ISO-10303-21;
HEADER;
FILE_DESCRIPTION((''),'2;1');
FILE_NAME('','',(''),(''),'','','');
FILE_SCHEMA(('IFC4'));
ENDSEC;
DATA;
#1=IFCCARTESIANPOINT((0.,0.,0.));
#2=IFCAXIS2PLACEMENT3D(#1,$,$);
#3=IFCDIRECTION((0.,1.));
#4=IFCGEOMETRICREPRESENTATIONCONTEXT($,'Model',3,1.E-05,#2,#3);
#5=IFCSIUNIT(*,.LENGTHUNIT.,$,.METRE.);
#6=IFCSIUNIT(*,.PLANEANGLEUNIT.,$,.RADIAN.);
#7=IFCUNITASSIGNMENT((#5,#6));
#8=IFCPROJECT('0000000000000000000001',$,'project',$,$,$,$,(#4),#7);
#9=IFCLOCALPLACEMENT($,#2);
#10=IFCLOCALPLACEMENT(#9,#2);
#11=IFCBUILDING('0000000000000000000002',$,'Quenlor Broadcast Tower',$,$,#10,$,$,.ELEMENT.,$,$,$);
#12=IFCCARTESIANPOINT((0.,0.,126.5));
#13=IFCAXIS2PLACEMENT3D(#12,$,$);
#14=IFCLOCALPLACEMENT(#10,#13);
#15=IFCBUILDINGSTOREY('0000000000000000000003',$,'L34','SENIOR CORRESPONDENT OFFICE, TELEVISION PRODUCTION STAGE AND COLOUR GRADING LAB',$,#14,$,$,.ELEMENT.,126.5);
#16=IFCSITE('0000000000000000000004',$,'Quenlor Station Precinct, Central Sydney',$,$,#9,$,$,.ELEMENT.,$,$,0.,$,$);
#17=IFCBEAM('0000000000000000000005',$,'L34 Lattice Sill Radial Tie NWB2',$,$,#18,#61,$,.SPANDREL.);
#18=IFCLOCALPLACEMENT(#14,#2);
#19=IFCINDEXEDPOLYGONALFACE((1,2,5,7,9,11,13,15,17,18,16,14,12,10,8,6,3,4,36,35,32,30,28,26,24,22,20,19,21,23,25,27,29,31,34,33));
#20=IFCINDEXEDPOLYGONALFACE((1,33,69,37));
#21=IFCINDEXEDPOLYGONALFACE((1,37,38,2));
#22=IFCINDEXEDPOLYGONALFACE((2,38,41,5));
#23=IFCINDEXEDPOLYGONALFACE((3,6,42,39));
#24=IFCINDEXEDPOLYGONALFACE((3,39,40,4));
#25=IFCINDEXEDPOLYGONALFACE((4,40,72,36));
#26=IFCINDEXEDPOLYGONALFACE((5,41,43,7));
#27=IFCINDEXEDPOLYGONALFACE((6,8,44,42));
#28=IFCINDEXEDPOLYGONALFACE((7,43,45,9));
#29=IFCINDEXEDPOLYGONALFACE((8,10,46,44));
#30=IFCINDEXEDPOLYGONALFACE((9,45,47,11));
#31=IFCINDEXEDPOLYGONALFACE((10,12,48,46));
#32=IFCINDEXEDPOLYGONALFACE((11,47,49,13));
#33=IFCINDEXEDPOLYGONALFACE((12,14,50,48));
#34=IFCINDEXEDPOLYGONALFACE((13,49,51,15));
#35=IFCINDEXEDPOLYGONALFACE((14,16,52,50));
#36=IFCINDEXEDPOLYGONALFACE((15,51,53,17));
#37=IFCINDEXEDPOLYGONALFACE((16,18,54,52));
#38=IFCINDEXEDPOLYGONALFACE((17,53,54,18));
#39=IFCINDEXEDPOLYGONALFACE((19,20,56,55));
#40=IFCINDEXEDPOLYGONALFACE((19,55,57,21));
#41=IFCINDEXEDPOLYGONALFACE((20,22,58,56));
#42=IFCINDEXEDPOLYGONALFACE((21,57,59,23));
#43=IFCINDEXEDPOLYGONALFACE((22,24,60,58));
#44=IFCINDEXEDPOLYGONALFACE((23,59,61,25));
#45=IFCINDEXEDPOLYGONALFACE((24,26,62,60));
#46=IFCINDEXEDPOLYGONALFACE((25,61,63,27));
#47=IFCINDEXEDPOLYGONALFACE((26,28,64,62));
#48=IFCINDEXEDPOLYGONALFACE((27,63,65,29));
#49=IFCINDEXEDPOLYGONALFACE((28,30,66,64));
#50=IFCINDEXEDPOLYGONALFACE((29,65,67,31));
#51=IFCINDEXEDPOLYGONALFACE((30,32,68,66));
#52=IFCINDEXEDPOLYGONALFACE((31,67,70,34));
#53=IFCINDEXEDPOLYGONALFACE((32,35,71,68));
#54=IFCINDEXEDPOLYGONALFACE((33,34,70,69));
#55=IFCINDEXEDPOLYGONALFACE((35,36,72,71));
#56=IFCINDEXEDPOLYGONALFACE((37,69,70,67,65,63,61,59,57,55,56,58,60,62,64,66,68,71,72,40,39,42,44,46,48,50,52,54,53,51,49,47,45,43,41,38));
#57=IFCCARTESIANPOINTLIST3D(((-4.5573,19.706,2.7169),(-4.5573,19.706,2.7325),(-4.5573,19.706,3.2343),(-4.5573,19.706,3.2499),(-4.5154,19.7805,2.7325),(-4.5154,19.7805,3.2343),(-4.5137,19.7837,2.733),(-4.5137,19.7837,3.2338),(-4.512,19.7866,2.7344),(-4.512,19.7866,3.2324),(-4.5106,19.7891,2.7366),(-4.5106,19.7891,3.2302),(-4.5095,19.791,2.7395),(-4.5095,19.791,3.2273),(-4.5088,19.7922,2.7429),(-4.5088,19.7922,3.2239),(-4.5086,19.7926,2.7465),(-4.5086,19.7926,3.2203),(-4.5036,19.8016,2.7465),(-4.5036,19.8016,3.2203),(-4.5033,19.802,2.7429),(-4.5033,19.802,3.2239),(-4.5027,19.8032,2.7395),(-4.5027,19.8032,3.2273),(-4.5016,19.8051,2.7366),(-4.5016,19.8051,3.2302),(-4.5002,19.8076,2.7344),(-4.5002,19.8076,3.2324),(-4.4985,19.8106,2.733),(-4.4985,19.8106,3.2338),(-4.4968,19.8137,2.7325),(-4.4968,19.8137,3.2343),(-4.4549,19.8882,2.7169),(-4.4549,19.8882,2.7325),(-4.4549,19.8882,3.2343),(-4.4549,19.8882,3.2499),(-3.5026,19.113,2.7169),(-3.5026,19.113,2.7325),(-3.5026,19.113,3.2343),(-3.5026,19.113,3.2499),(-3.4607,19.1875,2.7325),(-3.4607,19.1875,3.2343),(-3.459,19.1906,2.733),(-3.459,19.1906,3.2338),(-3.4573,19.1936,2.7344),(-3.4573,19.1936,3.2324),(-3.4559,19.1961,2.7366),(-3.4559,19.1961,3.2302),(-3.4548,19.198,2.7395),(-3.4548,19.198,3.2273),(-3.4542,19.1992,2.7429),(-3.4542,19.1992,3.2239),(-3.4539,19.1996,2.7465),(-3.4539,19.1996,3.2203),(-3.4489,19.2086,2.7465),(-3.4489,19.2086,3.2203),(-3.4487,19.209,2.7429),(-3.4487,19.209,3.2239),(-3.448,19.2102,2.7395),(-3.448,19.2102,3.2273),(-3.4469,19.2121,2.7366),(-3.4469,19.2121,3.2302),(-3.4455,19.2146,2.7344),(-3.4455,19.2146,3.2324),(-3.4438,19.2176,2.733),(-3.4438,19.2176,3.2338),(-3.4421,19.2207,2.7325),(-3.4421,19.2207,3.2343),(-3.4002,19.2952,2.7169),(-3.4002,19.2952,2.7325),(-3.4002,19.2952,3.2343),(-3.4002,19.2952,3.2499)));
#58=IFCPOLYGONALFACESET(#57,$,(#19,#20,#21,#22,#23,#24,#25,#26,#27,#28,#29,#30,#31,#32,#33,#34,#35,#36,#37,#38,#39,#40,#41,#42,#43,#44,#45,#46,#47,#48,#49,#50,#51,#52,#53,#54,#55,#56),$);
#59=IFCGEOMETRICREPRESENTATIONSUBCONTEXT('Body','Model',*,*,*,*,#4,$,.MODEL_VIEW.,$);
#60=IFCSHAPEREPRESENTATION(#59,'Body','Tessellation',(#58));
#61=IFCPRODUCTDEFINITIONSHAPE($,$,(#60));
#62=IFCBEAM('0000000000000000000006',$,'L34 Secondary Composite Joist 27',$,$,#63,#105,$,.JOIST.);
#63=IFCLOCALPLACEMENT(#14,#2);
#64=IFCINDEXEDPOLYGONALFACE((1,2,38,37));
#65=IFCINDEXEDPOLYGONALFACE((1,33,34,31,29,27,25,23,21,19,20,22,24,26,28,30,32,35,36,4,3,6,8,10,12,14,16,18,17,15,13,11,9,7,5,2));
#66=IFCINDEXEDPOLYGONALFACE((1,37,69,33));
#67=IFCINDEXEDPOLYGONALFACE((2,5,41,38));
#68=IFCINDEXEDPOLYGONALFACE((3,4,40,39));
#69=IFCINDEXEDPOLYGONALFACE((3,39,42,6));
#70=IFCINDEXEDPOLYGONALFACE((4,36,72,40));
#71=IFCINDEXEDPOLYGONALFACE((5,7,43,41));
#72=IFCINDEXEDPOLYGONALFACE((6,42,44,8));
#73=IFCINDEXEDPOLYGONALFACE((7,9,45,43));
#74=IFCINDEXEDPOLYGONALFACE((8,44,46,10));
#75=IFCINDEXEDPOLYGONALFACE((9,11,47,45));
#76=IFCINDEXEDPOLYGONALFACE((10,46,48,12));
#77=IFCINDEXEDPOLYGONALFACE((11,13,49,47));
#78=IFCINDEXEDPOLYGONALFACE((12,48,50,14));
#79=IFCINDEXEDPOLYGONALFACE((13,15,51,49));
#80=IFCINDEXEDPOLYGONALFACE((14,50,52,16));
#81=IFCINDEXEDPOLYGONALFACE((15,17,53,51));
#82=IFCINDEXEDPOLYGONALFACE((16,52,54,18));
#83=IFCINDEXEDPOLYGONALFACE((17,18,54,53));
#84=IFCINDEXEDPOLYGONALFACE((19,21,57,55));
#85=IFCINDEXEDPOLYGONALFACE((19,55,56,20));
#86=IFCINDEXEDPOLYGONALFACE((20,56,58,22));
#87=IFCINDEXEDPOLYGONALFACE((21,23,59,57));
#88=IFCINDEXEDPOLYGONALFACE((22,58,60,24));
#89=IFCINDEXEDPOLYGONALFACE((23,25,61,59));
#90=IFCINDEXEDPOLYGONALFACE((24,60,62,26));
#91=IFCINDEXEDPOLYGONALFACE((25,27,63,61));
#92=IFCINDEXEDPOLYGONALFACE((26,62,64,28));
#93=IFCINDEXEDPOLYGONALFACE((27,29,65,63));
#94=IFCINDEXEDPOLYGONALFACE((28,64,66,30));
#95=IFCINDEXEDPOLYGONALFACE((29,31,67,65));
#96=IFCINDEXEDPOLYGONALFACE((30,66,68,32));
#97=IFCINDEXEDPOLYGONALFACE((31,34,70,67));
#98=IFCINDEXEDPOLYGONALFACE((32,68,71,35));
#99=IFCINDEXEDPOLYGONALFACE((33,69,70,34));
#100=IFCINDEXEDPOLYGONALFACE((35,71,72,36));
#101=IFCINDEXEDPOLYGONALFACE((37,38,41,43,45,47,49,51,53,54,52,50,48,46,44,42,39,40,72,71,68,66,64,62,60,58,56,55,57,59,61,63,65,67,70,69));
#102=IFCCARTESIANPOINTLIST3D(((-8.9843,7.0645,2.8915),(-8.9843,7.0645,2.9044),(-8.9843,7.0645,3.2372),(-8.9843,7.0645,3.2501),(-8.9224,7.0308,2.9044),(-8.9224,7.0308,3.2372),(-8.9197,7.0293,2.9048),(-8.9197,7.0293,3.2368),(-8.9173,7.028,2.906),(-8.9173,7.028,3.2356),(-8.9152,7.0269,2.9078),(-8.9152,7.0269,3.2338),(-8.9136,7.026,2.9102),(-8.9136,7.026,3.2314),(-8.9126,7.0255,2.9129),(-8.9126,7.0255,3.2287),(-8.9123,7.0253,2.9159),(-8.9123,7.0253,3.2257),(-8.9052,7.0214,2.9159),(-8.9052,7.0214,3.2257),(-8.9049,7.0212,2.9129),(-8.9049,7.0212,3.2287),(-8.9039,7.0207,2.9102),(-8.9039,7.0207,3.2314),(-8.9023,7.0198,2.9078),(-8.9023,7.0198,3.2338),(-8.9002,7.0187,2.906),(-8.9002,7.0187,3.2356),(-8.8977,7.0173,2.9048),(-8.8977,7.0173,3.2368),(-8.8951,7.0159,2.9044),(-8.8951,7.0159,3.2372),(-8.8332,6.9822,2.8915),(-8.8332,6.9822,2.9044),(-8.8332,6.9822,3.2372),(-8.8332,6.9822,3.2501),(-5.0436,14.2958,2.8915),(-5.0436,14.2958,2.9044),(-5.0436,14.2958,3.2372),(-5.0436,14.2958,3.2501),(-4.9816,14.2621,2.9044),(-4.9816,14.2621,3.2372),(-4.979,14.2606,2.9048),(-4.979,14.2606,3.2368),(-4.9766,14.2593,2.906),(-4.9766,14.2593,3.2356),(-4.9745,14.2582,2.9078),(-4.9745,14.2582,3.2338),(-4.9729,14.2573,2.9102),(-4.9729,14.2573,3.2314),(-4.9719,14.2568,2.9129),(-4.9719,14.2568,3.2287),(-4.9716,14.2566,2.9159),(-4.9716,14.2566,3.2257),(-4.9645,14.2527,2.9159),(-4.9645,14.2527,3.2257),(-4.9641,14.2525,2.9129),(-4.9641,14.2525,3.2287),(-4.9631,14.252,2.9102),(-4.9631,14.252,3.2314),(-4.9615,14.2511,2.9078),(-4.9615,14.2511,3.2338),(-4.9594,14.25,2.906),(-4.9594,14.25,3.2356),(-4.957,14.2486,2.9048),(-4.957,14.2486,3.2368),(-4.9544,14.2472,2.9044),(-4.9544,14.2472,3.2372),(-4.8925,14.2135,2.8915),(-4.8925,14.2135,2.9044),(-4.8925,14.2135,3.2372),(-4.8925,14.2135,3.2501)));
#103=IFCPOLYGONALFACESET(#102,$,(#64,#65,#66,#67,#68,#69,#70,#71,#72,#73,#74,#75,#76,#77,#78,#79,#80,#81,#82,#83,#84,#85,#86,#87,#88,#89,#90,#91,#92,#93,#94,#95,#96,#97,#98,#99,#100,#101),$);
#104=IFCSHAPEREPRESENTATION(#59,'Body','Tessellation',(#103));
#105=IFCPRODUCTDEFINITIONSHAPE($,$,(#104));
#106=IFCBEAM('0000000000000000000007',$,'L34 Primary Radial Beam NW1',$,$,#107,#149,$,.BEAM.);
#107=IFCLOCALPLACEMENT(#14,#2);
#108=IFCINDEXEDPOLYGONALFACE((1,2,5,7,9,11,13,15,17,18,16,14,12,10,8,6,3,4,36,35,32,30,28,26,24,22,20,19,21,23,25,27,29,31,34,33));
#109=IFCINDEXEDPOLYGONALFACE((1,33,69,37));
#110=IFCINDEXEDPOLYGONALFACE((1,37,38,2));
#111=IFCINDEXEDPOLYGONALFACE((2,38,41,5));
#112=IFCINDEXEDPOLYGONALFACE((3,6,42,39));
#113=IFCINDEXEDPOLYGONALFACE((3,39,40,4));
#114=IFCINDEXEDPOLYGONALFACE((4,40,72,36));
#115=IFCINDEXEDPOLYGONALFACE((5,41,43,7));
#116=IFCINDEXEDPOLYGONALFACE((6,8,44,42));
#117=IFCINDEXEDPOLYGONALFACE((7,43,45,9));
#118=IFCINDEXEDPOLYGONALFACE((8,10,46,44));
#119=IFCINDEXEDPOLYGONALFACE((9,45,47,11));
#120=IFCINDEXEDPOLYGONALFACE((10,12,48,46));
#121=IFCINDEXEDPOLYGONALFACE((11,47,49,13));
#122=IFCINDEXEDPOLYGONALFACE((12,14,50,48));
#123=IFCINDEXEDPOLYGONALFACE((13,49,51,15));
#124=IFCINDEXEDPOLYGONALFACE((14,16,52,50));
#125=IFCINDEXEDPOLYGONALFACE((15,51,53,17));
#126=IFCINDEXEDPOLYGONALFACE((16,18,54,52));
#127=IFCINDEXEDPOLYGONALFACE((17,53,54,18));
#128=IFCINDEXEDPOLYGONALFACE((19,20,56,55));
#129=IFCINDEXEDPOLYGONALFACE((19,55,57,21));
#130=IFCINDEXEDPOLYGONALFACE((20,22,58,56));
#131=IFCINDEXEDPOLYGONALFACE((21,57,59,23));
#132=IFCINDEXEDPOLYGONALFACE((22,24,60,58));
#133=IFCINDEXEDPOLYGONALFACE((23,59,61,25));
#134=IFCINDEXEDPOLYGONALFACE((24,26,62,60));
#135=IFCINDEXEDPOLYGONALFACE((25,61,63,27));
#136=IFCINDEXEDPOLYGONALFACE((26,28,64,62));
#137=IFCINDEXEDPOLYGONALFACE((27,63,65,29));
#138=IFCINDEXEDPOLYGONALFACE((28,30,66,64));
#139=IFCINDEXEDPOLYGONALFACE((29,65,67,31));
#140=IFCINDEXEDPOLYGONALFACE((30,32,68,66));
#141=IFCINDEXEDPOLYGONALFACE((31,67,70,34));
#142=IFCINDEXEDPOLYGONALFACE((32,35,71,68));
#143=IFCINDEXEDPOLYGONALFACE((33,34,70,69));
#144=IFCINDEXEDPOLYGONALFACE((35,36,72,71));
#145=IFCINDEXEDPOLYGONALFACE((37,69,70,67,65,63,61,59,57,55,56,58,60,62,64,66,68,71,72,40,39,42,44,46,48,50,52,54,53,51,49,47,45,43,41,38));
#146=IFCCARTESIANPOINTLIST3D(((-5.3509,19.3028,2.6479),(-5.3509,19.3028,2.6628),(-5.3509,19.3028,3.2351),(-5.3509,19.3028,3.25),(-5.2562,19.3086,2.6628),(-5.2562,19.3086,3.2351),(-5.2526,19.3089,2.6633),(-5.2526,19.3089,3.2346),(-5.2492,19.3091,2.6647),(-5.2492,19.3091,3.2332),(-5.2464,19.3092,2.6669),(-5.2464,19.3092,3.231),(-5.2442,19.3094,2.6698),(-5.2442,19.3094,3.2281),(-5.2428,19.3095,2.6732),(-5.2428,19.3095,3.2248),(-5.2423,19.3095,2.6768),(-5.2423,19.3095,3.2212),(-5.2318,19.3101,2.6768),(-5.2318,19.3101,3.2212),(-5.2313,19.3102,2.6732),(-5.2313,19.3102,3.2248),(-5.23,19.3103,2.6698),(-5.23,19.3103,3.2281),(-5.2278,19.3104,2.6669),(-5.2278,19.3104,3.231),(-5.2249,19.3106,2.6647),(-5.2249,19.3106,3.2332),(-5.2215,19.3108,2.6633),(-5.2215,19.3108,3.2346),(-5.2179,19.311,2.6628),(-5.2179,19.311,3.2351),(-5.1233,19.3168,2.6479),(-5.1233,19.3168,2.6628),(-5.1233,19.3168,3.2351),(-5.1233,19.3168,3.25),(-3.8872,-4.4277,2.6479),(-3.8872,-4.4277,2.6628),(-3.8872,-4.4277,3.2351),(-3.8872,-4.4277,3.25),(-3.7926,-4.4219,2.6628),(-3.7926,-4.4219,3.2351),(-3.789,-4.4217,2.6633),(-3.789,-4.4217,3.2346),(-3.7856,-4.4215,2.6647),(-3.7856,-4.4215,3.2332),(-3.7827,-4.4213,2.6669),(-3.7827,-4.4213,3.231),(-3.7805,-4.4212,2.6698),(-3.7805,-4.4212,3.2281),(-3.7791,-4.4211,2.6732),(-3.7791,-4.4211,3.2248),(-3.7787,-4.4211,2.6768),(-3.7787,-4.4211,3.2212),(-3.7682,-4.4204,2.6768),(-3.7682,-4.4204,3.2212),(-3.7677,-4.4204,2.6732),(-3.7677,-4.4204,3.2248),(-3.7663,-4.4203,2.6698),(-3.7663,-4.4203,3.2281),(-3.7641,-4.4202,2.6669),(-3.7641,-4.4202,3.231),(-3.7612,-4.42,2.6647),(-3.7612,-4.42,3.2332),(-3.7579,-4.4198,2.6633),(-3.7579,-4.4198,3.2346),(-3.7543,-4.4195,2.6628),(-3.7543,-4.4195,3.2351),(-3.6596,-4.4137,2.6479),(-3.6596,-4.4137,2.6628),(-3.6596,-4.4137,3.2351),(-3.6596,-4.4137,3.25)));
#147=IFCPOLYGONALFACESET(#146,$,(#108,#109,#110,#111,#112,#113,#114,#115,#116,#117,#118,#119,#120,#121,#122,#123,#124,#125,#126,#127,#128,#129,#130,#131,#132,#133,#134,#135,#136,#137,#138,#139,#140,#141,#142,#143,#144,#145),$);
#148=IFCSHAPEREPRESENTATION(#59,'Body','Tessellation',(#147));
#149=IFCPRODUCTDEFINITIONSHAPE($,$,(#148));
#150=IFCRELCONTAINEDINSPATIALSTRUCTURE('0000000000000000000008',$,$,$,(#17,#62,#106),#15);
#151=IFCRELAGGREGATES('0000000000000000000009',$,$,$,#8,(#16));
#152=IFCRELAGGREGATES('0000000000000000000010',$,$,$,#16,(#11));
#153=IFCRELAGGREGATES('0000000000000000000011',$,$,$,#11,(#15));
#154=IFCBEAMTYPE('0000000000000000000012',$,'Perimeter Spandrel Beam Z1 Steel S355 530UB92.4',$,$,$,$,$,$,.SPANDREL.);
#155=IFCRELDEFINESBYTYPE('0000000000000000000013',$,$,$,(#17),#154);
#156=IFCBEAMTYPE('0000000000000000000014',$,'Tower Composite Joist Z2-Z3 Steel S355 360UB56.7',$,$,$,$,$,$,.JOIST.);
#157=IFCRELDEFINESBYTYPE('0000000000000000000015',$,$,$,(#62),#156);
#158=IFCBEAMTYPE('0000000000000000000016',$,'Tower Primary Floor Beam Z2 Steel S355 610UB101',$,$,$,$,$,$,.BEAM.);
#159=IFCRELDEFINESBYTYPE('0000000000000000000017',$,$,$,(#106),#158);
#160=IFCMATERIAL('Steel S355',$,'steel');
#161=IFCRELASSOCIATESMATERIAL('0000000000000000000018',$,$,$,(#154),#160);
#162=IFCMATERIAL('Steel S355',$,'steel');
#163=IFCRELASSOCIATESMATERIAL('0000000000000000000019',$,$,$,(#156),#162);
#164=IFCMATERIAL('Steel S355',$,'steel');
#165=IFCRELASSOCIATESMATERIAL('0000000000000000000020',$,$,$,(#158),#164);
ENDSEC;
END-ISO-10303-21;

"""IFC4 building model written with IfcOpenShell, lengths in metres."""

from ifc_helpers import new_model, si_unit, direction, frame, origin, origin_2d, place, context, subcontext, project, spatial, i_section, extrude, material, material_profile, profile_set, type_object, element, save


model = new_model("IFC4")

# Units and contexts
model_context = context("Model", 3, precision=1e-05, world=origin(), true_north=direction((0.0, 1.0)))
body_context = subcontext(model_context, "Body", "Model", "MODEL_VIEW")
ifc_project = project(units=[si_unit("LENGTHUNIT", "METRE"), si_unit("PLANEANGLEUNIT", "RADIAN")], contexts=[model_context])

# Site, building, storey
site_placement = place(None, origin())
site = spatial("IfcSite", under=ifc_project, at=site_placement, Name="Quenlor Station Precinct, Central Sydney", CompositionType="ELEMENT", RefElevation=0.0)
building_placement = place(site_placement, origin())
building = spatial("IfcBuilding", under=site, at=building_placement, Name="Quenlor Broadcast Tower", CompositionType="ELEMENT")
storey_placement = place(building_placement, frame((0.0, 0.0, 126.5)))
storey = spatial("IfcBuildingStorey", under=building, at=storey_placement, Name="L34", Description="SENIOR CORRESPONDENT OFFICE, TELEVISION PRODUCTION STAGE AND COLOUR GRADING LAB", CompositionType="ELEMENT", Elevation=126.5)

# Beams
ifc_material_1 = material(Name="Steel S355", Category="steel")
ifc_material_profile_1 = material_profile(ifc_material_1, i_section(OverallWidth=0.209, OverallDepth=0.533, WebThickness=0.0103, FlangeThickness=0.0156, FilletRadius=0.0139, at=origin_2d()))
ifc_profile_set_1 = profile_set([ifc_material_profile_1], Name="Steel S355 530UB92.4")
beam_type_1 = type_object("IfcBeamType", Name="Perimeter Spandrel Beam Z1 Steel S355 530UB92.4", PredefinedType="SPANDREL", material=ifc_profile_set_1)
beam_1_placement = place(storey_placement, frame((-3.4514, 19.2041, 2.9834), z_axis=(-0.871662, 0.490108, 0.0), x_axis=(-0.490108, -0.871662, 0.0)))
element("IfcBeam", 1, at=beam_1_placement, inside=storey, type_object=beam_type_1, Name="L34 Lattice Sill Radial Tie NWB2", PredefinedType="SPANDREL", context=body_context, shape_type="SweptSolid", body=[
    extrude(i_section(OverallWidth=0.209, OverallDepth=0.533, WebThickness=0.0103, FlangeThickness=0.0156, FilletRadius=0.0139, at=origin_2d()), origin(), (0.0, 0.0, 1.0), 1.21),
])
ifc_material_2 = material(Name="Steel S355", Category="steel")
ifc_material_profile_2 = material_profile(ifc_material_2, i_section(OverallWidth=0.1721, OverallDepth=0.3586, WebThickness=0.0081, FlangeThickness=0.0129, FilletRadius=0.0115, at=origin_2d()))
ifc_profile_set_2 = profile_set([ifc_material_profile_2], Name="Steel S355 360UB56.7")
beam_type_2 = type_object("IfcBeamType", Name="Tower Composite Joist Z2-Z3 Steel S355 360UB56.7", PredefinedType="JOIST", material=ifc_profile_set_2)
beam_2_placement = place(storey_placement, frame((-4.968, 14.2546, 3.0708), z_axis=(-0.478514, -0.87808, 0.0), x_axis=(0.87808, -0.478514, 0.0)))
element("IfcBeam", 2, at=beam_2_placement, inside=storey, type_object=beam_type_2, Name="L34 Secondary Composite Joist 27", PredefinedType="JOIST", context=body_context, shape_type="SweptSolid", body=[
    extrude(i_section(OverallWidth=0.1721, OverallDepth=0.3586, WebThickness=0.0081, FlangeThickness=0.0129, FilletRadius=0.0115, at=origin_2d()), origin(), (0.0, 0.0, 1.0), 8.2354),
])
ifc_material_3 = material(Name="Steel S355", Category="steel")
ifc_material_profile_3 = material_profile(ifc_material_3, i_section(OverallWidth=0.228, OverallDepth=0.6021, WebThickness=0.0105, FlangeThickness=0.0149, FilletRadius=0.0139, at=origin_2d()))
ifc_profile_set_3 = profile_set([ifc_material_profile_3], Name="Steel S355 610UB101")
beam_type_3 = type_object("IfcBeamType", Name="Tower Primary Floor Beam Z2 Steel S355 610UB101", PredefinedType="BEAM", material=ifc_profile_set_3)
beam_3_placement = place(storey_placement, frame((-5.2371, 19.3098, 2.949), z_axis=(0.06156, -0.998103, 0.0), x_axis=(0.998103, 0.06156, 0.0)))
element("IfcBeam", 3, at=beam_3_placement, inside=storey, type_object=beam_type_3, Name="L34 Primary Radial Beam NW1", PredefinedType="BEAM", context=body_context, shape_type="SweptSolid", body=[
    extrude(i_section(OverallWidth=0.228, OverallDepth=0.6021, WebThickness=0.0105, FlangeThickness=0.0149, FilletRadius=0.0139, at=origin_2d()), origin(), (0.0, 0.0, 1.0), 23.7756),
])

save(model, "model.ifc")
